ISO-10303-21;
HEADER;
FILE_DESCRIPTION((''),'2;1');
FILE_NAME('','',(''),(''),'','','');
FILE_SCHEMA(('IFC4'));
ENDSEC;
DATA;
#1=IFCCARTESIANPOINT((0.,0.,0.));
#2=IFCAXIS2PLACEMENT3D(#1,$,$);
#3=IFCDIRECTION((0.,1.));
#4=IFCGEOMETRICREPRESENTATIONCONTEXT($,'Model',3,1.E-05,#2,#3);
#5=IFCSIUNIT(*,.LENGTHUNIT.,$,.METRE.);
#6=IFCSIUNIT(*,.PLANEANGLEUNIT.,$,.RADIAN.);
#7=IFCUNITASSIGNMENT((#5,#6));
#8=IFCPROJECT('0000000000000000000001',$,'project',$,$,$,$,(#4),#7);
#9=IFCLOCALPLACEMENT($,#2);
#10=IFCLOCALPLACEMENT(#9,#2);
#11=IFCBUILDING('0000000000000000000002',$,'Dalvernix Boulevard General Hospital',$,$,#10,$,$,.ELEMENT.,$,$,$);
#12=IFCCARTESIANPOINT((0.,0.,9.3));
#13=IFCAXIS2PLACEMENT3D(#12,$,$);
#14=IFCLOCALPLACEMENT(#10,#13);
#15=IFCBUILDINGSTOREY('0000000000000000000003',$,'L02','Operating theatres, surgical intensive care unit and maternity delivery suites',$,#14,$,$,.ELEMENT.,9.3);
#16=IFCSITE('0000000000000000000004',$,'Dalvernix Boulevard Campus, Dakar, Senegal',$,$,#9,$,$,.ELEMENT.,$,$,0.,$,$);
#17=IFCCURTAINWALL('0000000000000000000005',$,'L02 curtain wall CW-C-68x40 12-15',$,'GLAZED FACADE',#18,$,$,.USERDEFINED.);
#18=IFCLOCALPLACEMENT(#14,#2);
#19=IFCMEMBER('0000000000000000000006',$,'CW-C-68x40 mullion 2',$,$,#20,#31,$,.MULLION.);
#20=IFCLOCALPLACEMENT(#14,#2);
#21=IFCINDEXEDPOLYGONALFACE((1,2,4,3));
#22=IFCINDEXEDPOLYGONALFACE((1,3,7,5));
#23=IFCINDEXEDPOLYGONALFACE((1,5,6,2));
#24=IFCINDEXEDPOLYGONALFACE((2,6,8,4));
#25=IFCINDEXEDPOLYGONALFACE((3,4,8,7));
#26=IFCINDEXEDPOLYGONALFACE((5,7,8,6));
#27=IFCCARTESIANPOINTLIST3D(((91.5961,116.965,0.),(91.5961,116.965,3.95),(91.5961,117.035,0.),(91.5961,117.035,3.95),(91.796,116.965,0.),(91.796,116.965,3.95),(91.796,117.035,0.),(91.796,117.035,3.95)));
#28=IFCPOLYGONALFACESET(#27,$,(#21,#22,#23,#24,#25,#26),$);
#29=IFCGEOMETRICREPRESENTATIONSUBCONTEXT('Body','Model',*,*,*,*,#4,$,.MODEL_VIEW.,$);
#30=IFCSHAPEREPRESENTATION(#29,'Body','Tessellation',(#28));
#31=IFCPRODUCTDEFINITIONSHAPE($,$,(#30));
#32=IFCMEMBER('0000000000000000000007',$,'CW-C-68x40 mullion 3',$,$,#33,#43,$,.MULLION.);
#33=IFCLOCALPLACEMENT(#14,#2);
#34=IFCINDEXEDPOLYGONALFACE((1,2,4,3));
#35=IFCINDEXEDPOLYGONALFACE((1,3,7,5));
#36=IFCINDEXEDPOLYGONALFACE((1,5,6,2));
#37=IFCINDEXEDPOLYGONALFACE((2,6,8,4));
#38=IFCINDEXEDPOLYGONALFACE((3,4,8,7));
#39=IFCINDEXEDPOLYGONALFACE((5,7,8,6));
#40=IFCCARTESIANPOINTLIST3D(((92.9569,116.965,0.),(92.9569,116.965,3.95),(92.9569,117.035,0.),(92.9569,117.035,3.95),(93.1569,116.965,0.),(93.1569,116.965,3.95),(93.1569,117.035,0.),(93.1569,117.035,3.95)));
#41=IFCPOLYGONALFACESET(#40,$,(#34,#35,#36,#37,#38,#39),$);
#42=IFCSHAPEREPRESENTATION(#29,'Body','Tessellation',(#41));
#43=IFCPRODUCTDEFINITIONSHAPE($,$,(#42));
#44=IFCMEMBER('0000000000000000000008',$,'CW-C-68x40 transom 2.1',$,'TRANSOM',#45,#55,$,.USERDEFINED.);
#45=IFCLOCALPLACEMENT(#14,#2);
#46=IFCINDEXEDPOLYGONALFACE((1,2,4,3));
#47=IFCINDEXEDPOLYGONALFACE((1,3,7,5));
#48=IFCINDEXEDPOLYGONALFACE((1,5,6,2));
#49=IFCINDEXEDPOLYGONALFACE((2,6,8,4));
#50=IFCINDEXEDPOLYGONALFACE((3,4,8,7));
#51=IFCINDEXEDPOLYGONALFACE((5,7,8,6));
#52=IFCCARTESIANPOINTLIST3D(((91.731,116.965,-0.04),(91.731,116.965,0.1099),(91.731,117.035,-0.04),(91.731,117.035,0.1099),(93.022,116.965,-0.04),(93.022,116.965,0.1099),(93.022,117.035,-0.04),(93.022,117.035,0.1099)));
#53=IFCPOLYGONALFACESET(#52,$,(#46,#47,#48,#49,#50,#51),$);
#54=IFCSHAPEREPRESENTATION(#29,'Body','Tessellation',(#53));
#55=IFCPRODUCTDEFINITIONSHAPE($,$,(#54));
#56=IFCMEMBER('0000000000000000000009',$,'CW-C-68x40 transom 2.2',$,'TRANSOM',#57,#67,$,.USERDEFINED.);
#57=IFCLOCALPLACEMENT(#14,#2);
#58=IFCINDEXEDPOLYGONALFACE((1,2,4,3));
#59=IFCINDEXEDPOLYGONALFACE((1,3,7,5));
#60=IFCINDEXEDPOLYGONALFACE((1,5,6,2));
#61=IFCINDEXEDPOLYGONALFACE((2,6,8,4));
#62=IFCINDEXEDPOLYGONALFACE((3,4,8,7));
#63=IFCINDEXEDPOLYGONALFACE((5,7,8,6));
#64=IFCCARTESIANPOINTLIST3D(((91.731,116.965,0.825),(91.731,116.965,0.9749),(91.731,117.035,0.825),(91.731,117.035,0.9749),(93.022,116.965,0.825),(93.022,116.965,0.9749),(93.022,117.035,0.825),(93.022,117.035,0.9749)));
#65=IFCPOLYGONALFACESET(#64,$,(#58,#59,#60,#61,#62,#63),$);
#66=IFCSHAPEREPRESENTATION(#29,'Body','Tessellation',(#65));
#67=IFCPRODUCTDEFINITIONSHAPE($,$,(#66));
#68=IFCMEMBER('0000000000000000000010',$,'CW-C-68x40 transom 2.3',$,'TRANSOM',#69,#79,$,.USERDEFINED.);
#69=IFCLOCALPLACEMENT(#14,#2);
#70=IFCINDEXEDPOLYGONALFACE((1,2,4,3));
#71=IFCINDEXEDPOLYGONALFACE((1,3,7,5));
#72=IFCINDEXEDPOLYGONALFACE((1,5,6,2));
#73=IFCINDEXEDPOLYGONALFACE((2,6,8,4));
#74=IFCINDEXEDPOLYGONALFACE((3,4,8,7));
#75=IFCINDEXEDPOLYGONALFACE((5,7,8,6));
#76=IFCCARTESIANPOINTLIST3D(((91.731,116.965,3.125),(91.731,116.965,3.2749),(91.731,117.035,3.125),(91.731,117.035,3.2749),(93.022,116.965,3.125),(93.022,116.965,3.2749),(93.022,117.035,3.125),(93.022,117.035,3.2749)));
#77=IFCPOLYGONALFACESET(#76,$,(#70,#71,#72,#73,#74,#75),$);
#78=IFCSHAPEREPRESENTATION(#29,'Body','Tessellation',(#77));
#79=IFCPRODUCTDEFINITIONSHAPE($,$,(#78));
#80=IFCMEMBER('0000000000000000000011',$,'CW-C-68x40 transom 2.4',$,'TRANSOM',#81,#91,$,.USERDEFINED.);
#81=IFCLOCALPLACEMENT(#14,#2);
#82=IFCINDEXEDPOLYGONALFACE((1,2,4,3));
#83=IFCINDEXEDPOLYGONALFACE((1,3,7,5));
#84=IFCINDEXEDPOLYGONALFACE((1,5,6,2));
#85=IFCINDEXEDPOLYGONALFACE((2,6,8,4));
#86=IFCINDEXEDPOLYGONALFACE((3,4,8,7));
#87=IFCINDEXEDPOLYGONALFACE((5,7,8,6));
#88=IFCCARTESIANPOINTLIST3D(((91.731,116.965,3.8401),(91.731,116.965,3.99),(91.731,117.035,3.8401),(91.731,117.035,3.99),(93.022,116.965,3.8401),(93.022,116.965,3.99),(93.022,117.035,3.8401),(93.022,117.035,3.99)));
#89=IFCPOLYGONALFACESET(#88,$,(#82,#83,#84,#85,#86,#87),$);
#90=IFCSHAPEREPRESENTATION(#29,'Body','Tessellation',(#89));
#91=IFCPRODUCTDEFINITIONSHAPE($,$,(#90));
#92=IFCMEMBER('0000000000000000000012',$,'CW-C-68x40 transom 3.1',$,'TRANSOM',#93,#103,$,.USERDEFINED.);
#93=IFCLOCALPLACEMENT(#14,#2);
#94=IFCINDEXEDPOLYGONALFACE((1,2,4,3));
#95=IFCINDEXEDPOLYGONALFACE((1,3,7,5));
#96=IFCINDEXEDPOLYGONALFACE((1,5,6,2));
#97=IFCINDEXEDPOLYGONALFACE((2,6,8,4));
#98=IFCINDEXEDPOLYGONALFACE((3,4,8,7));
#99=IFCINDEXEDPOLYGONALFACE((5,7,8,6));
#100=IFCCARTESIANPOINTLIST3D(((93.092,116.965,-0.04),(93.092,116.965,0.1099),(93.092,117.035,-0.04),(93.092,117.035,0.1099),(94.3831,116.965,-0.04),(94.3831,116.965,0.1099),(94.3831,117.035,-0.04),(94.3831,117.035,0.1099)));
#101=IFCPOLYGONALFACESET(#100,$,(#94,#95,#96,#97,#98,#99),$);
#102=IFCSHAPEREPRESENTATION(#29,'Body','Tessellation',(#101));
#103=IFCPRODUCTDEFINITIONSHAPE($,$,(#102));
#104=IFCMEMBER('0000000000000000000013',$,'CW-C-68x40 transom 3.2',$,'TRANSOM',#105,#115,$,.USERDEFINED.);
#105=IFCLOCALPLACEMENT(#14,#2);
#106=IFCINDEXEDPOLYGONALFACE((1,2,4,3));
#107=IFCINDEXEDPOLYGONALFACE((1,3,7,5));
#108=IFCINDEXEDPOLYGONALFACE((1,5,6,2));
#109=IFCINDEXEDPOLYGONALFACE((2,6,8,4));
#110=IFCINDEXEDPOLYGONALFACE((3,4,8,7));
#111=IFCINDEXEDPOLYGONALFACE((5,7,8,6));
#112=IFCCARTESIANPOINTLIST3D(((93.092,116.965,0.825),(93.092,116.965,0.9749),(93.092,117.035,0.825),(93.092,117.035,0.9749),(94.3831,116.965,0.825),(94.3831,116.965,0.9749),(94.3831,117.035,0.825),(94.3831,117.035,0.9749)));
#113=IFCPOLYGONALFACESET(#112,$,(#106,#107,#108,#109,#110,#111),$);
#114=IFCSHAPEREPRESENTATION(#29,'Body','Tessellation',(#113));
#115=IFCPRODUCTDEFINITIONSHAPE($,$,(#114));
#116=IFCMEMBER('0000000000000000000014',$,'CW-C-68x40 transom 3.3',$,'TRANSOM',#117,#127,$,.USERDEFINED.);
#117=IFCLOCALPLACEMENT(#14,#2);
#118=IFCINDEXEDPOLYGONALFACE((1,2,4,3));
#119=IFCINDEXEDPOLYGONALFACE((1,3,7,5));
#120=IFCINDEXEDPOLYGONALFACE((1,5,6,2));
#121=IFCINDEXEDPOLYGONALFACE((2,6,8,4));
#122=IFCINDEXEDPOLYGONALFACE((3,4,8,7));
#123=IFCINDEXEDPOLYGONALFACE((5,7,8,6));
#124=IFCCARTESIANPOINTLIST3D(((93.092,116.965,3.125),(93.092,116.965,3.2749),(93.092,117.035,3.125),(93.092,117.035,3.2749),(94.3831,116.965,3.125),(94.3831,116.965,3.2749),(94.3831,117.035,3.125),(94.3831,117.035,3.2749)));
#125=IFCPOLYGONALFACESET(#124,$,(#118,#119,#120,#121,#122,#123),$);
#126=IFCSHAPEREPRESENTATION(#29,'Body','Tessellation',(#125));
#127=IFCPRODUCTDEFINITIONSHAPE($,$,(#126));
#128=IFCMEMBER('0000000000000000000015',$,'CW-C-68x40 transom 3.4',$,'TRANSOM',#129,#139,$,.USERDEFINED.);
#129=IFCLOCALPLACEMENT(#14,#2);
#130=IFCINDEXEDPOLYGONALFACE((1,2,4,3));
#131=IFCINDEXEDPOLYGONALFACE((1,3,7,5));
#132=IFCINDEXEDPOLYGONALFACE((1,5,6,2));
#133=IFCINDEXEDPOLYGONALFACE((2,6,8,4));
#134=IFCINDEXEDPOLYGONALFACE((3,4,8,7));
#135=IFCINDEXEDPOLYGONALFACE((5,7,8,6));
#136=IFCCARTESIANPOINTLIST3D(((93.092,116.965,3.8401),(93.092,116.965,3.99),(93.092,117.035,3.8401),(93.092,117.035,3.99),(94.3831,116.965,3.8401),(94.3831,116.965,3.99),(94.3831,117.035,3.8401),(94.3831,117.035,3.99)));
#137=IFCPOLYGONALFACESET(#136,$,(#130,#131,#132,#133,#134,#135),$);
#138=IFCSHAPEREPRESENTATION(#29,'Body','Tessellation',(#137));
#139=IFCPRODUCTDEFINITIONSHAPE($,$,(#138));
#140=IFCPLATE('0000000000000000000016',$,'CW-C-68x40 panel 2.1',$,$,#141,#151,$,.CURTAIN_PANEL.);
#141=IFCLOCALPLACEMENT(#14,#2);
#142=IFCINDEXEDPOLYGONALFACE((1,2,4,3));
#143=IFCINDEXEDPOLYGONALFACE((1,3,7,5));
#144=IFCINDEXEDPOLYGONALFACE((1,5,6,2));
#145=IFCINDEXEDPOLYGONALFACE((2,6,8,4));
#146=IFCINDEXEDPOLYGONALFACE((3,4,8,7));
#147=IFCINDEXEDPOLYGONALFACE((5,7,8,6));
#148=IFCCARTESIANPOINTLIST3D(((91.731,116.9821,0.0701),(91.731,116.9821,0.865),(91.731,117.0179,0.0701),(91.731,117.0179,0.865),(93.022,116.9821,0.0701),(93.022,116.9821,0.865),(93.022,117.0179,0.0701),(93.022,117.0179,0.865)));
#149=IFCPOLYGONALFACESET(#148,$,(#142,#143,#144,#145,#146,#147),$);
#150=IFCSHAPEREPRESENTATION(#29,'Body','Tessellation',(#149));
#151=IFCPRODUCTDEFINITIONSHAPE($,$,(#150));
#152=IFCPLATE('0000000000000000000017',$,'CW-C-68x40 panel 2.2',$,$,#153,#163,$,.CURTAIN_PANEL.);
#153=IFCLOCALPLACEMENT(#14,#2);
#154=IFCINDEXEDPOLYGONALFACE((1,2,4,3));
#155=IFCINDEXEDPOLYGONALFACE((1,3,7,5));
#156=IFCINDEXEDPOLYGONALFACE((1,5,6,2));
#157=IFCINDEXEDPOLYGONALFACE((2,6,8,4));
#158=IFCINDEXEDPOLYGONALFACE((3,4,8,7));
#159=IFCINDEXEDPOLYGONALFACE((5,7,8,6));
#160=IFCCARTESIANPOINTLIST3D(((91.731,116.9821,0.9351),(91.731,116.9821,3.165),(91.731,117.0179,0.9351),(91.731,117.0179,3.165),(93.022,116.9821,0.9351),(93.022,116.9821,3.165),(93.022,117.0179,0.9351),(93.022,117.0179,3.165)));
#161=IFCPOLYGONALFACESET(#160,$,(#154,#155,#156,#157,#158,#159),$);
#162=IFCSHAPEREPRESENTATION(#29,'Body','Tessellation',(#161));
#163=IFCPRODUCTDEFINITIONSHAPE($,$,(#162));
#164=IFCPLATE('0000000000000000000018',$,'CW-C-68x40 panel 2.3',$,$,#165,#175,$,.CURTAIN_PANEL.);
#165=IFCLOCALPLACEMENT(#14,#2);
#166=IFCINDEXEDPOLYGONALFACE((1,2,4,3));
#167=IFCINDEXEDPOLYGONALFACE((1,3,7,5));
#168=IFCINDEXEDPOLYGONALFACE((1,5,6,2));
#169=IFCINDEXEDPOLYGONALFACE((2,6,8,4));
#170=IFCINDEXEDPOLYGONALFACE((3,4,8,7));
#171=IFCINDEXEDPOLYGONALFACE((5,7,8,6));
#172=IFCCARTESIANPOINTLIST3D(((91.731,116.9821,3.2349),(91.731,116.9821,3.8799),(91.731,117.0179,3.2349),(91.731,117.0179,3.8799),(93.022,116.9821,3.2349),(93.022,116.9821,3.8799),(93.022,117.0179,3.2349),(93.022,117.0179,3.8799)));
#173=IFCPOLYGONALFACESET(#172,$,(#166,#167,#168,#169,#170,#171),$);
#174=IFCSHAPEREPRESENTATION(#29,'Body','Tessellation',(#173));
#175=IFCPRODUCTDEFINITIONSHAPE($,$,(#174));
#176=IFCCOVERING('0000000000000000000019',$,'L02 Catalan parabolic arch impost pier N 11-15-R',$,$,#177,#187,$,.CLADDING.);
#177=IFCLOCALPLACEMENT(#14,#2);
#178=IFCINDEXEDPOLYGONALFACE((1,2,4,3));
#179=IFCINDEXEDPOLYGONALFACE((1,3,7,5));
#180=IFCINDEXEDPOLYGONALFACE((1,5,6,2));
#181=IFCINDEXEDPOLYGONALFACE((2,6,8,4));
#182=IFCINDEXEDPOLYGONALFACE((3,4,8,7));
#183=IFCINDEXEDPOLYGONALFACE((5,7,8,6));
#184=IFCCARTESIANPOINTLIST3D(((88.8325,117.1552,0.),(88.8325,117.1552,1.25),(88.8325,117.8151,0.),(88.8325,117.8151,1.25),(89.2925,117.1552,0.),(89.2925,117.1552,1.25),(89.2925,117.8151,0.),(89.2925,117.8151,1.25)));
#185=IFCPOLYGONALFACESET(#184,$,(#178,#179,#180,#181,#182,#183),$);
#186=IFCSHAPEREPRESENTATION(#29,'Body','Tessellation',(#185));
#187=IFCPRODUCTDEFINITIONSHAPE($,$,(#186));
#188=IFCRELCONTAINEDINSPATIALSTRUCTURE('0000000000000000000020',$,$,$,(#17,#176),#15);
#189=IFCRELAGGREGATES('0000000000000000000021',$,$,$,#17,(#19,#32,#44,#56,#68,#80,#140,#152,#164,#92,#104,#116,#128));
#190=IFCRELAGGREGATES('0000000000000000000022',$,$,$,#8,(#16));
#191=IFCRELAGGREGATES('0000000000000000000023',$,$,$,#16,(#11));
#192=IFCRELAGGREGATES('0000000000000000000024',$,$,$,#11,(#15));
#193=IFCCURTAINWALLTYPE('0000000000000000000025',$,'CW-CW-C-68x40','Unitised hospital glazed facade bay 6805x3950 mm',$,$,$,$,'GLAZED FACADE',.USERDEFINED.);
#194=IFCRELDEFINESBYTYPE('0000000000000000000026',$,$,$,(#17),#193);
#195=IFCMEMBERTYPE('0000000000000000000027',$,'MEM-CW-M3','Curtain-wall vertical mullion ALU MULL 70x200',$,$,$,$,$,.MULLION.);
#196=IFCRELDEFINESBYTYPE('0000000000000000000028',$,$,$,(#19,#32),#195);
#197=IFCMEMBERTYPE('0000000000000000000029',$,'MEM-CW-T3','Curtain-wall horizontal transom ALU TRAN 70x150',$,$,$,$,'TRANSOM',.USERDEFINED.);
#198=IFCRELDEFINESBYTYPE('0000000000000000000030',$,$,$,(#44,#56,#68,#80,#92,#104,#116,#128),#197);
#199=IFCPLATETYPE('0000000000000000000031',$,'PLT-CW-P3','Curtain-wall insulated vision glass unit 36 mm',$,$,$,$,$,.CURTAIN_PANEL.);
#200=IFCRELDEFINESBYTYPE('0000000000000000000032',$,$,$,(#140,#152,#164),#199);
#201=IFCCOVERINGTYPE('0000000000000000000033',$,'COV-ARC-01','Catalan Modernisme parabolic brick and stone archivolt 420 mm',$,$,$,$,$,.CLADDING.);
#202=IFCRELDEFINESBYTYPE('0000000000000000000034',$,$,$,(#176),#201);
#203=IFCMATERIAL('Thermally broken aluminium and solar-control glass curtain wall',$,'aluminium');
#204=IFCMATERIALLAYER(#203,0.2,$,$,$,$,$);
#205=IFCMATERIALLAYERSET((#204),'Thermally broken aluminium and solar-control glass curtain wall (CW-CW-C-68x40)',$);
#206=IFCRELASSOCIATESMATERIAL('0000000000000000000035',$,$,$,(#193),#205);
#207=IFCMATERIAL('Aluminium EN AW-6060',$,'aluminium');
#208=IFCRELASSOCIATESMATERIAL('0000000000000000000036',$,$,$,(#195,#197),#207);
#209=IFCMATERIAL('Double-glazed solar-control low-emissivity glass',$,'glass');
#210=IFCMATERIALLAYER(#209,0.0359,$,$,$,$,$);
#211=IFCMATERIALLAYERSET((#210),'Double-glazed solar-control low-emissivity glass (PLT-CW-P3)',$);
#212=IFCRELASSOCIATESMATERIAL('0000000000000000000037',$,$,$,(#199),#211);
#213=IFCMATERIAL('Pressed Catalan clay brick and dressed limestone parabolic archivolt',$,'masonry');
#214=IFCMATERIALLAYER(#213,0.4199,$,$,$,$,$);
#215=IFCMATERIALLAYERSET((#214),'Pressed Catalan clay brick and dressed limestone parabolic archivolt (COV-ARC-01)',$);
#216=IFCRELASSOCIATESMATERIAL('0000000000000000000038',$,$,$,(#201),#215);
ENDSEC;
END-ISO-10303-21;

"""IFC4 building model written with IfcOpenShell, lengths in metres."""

from ifc_helpers import new_model, si_unit, direction, frame, origin, origin_2d, place, context, subcontext, project, spatial, rectangle, extrude, material, layer, layer_set, material_profile, profile_set, type_object, element, aggregate, save


model = new_model("IFC4")

# Units and contexts
model_context = context("Model", 3, precision=1e-05, world=origin(), true_north=direction((0.0, 1.0)))
body_context = subcontext(model_context, "Body", "Model", "MODEL_VIEW")
ifc_project = project(units=[si_unit("LENGTHUNIT", "METRE"), si_unit("PLANEANGLEUNIT", "RADIAN")], contexts=[model_context])

# Site, building, storey
site_placement = place(None, origin())
site = spatial("IfcSite", under=ifc_project, at=site_placement, Name="Dalvernix Boulevard Campus, Dakar, Senegal", CompositionType="ELEMENT", RefElevation=0.0)
building_placement = place(site_placement, origin())
building = spatial("IfcBuilding", under=site, at=building_placement, Name="Dalvernix Boulevard General Hospital", CompositionType="ELEMENT")
storey_placement = place(building_placement, frame((0.0, 0.0, 9.3)))
storey = spatial("IfcBuildingStorey", under=building, at=storey_placement, Name="L02", Description="Operating theatres, surgical intensive care unit and maternity delivery suites", CompositionType="ELEMENT", Elevation=9.3)

# Curtain wall, members, plates
ifc_material_1 = material(Name="Thermally broken aluminium and solar-control glass curtain wall", Category="aluminium")
ifc_layer_1 = layer(ifc_material_1, 0.2)
ifc_layer_set_1 = layer_set([ifc_layer_1], Name="Thermally broken aluminium and solar-control glass curtain wall (CW-CW-C-68x40)")
curtain_wall_type = type_object("IfcCurtainWallType", Name="CW-CW-C-68x40", Description="Unitised hospital glazed facade bay 6805x3950 mm", ElementType="GLAZED FACADE", PredefinedType="USERDEFINED", material=ifc_layer_set_1)
curtain_wall_placement = place(storey_placement, origin())
curtain_wall = element("IfcCurtainWall", 1, at=curtain_wall_placement, inside=storey, type_object=curtain_wall_type, Name="L02 curtain wall CW-C-68x40 12-15", ObjectType="GLAZED FACADE", PredefinedType="USERDEFINED")
ifc_material_2 = material(Name="Aluminium EN AW-6060", Category="aluminium")
ifc_material_profile_1 = material_profile(ifc_material_2, rectangle(XDim=0.0701, YDim=0.2, at=origin_2d()), Name="ALU MULL 70x200")
ifc_profile_set_1 = profile_set([ifc_material_profile_1], Name="Aluminium EN AW-6060")
member_type_1 = type_object("IfcMemberType", Name="MEM-CW-M3", Description="Curtain-wall vertical mullion ALU MULL 70x200", PredefinedType="MULLION", material=ifc_profile_set_1)
member_1_placement = place(storey_placement, frame((91.696, 117.0, 0.0), z_axis=(0.0, 0.0, 1.0), x_axis=(0.0, 1.0, 0.0)))
member_1 = element("IfcMember", 2, at=member_1_placement, type_object=member_type_1, Name="CW-C-68x40 mullion 2", PredefinedType="MULLION", context=body_context, shape_type="SweptSolid", body=[
    extrude(rectangle(XDim=0.0701, YDim=0.2, at=origin_2d()), origin(), (0.0, 0.0, 1.0), 3.95),
])
member_2_placement = place(storey_placement, frame((93.0569, 117.0, 0.0), z_axis=(0.0, 0.0, 1.0), x_axis=(0.0, 1.0, 0.0)))
member_2 = element("IfcMember", 3, at=member_2_placement, type_object=member_type_1, Name="CW-C-68x40 mullion 3", PredefinedType="MULLION", context=body_context, shape_type="SweptSolid", body=[
    extrude(rectangle(XDim=0.0701, YDim=0.2, at=origin_2d()), origin(), (0.0, 0.0, 1.0), 3.95),
])
ifc_material_profile_2 = material_profile(ifc_material_2, rectangle(XDim=0.0701, YDim=0.1499, at=origin_2d()), Name="ALU TRAN 70x150")
ifc_profile_set_2 = profile_set([ifc_material_profile_2], Name="Aluminium EN AW-6060")
member_type_2 = type_object("IfcMemberType", Name="MEM-CW-T3", Description="Curtain-wall horizontal transom ALU TRAN 70x150", ElementType="TRANSOM", PredefinedType="USERDEFINED", material=ifc_profile_set_2)
member_3_placement = place(storey_placement, frame((91.731, 117.0, 0.0349), z_axis=(1.0, 0.0, 0.0), x_axis=(0.0, 1.0, 0.0)))
member_3 = element("IfcMember", 4, at=member_3_placement, type_object=member_type_2, Name="CW-C-68x40 transom 2.1", ObjectType="TRANSOM", PredefinedType="USERDEFINED", context=body_context, shape_type="SweptSolid", body=[
    extrude(rectangle(XDim=0.0701, YDim=0.1499, at=origin_2d()), origin(), (0.0, 0.0, 1.0), 1.291),
])
member_4_placement = place(storey_placement, frame((91.731, 117.0, 0.8999), z_axis=(1.0, 0.0, 0.0), x_axis=(0.0, 1.0, 0.0)))
member_4 = element("IfcMember", 5, at=member_4_placement, type_object=member_type_2, Name="CW-C-68x40 transom 2.2", ObjectType="TRANSOM", PredefinedType="USERDEFINED", context=body_context, shape_type="SweptSolid", body=[
    extrude(rectangle(XDim=0.0701, YDim=0.1499, at=origin_2d()), origin(), (0.0, 0.0, 1.0), 1.291),
])
member_5_placement = place(storey_placement, frame((91.731, 117.0, 3.2), z_axis=(1.0, 0.0, 0.0), x_axis=(0.0, 1.0, 0.0)))
member_5 = element("IfcMember", 6, at=member_5_placement, type_object=member_type_2, Name="CW-C-68x40 transom 2.3", ObjectType="TRANSOM", PredefinedType="USERDEFINED", context=body_context, shape_type="SweptSolid", body=[
    extrude(rectangle(XDim=0.0701, YDim=0.1499, at=origin_2d()), origin(), (0.0, 0.0, 1.0), 1.291),
])
member_6_placement = place(storey_placement, frame((91.731, 117.0, 3.915), z_axis=(1.0, 0.0, 0.0), x_axis=(0.0, 1.0, 0.0)))
member_6 = element("IfcMember", 7, at=member_6_placement, type_object=member_type_2, Name="CW-C-68x40 transom 2.4", ObjectType="TRANSOM", PredefinedType="USERDEFINED", context=body_context, shape_type="SweptSolid", body=[
    extrude(rectangle(XDim=0.0701, YDim=0.1499, at=origin_2d()), origin(), (0.0, 0.0, 1.0), 1.291),
])
member_7_placement = place(storey_placement, frame((93.092, 117.0, 0.0349), z_axis=(1.0, 0.0, 0.0), x_axis=(0.0, 1.0, 0.0)))
member_7 = element("IfcMember", 8, at=member_7_placement, type_object=member_type_2, Name="CW-C-68x40 transom 3.1", ObjectType="TRANSOM", PredefinedType="USERDEFINED", context=body_context, shape_type="SweptSolid", body=[
    extrude(rectangle(XDim=0.0701, YDim=0.1499, at=origin_2d()), origin(), (0.0, 0.0, 1.0), 1.291),
])
member_8_placement = place(storey_placement, frame((93.092, 117.0, 0.8999), z_axis=(1.0, 0.0, 0.0), x_axis=(0.0, 1.0, 0.0)))
member_8 = element("IfcMember", 9, at=member_8_placement, type_object=member_type_2, Name="CW-C-68x40 transom 3.2", ObjectType="TRANSOM", PredefinedType="USERDEFINED", context=body_context, shape_type="SweptSolid", body=[
    extrude(rectangle(XDim=0.0701, YDim=0.1499, at=origin_2d()), origin(), (0.0, 0.0, 1.0), 1.291),
])
member_9_placement = place(storey_placement, frame((93.092, 117.0, 3.2), z_axis=(1.0, 0.0, 0.0), x_axis=(0.0, 1.0, 0.0)))
member_9 = element("IfcMember", 10, at=member_9_placement, type_object=member_type_2, Name="CW-C-68x40 transom 3.3", ObjectType="TRANSOM", PredefinedType="USERDEFINED", context=body_context, shape_type="SweptSolid", body=[
    extrude(rectangle(XDim=0.0701, YDim=0.1499, at=origin_2d()), origin(), (0.0, 0.0, 1.0), 1.291),
])
member_10_placement = place(storey_placement, frame((93.092, 117.0, 3.915), z_axis=(1.0, 0.0, 0.0), x_axis=(0.0, 1.0, 0.0)))
member_10 = element("IfcMember", 11, at=member_10_placement, type_object=member_type_2, Name="CW-C-68x40 transom 3.4", ObjectType="TRANSOM", PredefinedType="USERDEFINED", context=body_context, shape_type="SweptSolid", body=[
    extrude(rectangle(XDim=0.0701, YDim=0.1499, at=origin_2d()), origin(), (0.0, 0.0, 1.0), 1.291),
])
ifc_material_3 = material(Name="Double-glazed solar-control low-emissivity glass", Category="glass")
ifc_layer_2 = layer(ifc_material_3, 0.0359)
ifc_layer_set_2 = layer_set([ifc_layer_2], Name="Double-glazed solar-control low-emissivity glass (PLT-CW-P3)")
plate_type = type_object("IfcPlateType", Name="PLT-CW-P3", Description="Curtain-wall insulated vision glass unit 36 mm", PredefinedType="CURTAIN_PANEL", material=ifc_layer_set_2)
plate_1_placement = place(storey_placement, frame((92.3765, 117.0, 0.0701), z_axis=(0.0, 0.0, 1.0), x_axis=(1.0, 0.0, 0.0)))
plate_1 = element("IfcPlate", 12, at=plate_1_placement, type_object=plate_type, Name="CW-C-68x40 panel 2.1", PredefinedType="CURTAIN_PANEL", context=body_context, shape_type="SweptSolid", body=[
    extrude(rectangle(XDim=1.291, YDim=0.0359, at=origin_2d()), origin(), (0.0, 0.0, 1.0), 0.7949),
])
plate_2_placement = place(storey_placement, frame((92.3765, 117.0, 0.9351), z_axis=(0.0, 0.0, 1.0), x_axis=(1.0, 0.0, 0.0)))
plate_2 = element("IfcPlate", 13, at=plate_2_placement, type_object=plate_type, Name="CW-C-68x40 panel 2.2", PredefinedType="CURTAIN_PANEL", context=body_context, shape_type="SweptSolid", body=[
    extrude(rectangle(XDim=1.291, YDim=0.0359, at=origin_2d()), origin(), (0.0, 0.0, 1.0), 2.23),
])
plate_3_placement = place(storey_placement, frame((92.3765, 117.0, 3.2349), z_axis=(0.0, 0.0, 1.0), x_axis=(1.0, 0.0, 0.0)))
plate_3 = element("IfcPlate", 14, at=plate_3_placement, type_object=plate_type, Name="CW-C-68x40 panel 2.3", PredefinedType="CURTAIN_PANEL", context=body_context, shape_type="SweptSolid", body=[
    extrude(rectangle(XDim=1.291, YDim=0.0359, at=origin_2d()), origin(), (0.0, 0.0, 1.0), 0.645),
])
aggregate(curtain_wall, [member_1, member_2, member_3, member_4, member_5, member_6, plate_1, plate_2, plate_3, member_7, member_8, member_9, member_10])

# Covering
ifc_material_4 = material(Name="Pressed Catalan clay brick and dressed limestone parabolic archivolt", Category="masonry")
ifc_layer_3 = layer(ifc_material_4, 0.4199)
ifc_layer_set_3 = layer_set([ifc_layer_3], Name="Pressed Catalan clay brick and dressed limestone parabolic archivolt (COV-ARC-01)")
covering_type_1 = type_object("IfcCoveringType", Name="COV-ARC-01", Description="Catalan Modernisme parabolic brick and stone archivolt 420 mm", PredefinedType="CLADDING", material=ifc_layer_set_3)
covering_1_placement = place(storey_placement, frame((89.0625, 117.4851, 0.0), z_axis=(0.0, 0.0, 1.0), x_axis=(1.0, 0.0, 0.0)))
element("IfcCovering", 15, at=covering_1_placement, inside=storey, type_object=covering_type_1, Name="L02 Catalan parabolic arch impost pier N 11-15-R", PredefinedType="CLADDING", context=body_context, shape_type="SweptSolid", body=[
    extrude(rectangle(XDim=0.46, YDim=0.6599, at=origin_2d()), origin(), (0.0, 0.0, 1.0), 1.25),
])

save(model, "model.ifc")
